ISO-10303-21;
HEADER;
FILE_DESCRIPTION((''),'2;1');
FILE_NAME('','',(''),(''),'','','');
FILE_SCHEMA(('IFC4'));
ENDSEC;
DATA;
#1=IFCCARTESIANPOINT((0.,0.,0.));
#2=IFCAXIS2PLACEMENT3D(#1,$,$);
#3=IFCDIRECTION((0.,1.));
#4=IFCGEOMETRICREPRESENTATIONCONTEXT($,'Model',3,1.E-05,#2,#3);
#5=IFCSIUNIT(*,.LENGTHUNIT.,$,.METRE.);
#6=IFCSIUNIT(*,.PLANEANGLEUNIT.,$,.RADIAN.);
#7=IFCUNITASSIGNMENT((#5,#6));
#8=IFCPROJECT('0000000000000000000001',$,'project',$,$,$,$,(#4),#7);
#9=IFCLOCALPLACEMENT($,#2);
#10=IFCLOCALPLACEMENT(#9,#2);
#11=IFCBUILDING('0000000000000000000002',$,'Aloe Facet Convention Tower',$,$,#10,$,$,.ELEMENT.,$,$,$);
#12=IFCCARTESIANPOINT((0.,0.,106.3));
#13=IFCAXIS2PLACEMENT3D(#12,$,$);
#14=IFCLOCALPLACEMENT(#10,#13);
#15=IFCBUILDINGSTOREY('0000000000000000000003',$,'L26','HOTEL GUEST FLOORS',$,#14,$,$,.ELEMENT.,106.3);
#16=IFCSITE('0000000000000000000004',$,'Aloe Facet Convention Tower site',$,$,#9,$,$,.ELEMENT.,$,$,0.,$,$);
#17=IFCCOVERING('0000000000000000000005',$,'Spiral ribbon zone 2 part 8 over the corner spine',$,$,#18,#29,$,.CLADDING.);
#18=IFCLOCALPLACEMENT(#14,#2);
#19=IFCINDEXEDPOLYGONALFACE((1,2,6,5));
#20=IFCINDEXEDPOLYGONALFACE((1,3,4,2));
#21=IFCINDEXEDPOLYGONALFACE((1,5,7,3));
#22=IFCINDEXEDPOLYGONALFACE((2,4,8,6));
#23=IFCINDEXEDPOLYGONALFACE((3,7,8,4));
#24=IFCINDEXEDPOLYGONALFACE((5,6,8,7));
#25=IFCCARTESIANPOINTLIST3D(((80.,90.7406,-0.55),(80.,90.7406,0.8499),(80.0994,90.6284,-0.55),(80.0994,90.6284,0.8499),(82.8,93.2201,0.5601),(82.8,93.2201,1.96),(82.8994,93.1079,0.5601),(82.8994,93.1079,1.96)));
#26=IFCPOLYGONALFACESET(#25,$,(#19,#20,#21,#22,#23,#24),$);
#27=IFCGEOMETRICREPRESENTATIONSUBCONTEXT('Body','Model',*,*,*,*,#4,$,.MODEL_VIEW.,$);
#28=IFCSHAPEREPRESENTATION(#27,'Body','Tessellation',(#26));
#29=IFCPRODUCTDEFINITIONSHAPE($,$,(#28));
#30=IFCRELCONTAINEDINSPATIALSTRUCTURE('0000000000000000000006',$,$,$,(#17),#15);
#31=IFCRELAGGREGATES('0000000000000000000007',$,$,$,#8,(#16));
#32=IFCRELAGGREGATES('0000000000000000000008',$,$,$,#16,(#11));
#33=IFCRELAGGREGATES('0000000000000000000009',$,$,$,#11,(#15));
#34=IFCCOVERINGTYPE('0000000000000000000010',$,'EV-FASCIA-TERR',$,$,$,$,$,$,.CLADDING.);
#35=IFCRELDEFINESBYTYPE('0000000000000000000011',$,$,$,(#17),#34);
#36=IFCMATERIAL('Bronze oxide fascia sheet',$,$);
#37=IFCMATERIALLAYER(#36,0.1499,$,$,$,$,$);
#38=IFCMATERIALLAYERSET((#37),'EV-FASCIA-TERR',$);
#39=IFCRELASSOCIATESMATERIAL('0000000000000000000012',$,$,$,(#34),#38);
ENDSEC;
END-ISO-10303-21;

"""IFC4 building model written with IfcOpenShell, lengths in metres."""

from ifc_helpers import new_model, si_unit, direction, frame, origin, place, context, subcontext, project, spatial, polyline, outline, extrude, material, layer, layer_set, type_object, element, save


model = new_model("IFC4")

# Units and contexts
model_context = context("Model", 3, precision=1e-05, world=origin(), true_north=direction((0.0, 1.0)))
body_context = subcontext(model_context, "Body", "Model", "MODEL_VIEW")
ifc_project = project(units=[si_unit("LENGTHUNIT", "METRE"), si_unit("PLANEANGLEUNIT", "RADIAN")], contexts=[model_context])

# Site, building, storey
site_placement = place(None, origin())
site = spatial("IfcSite", under=ifc_project, at=site_placement, Name="Aloe Facet Convention Tower site", CompositionType="ELEMENT", RefElevation=0.0)
building_placement = place(site_placement, origin())
building = spatial("IfcBuilding", under=site, at=building_placement, Name="Aloe Facet Convention Tower", CompositionType="ELEMENT")
storey_placement = place(building_placement, frame((0.0, 0.0, 106.3)))
storey = spatial("IfcBuildingStorey", under=building, at=storey_placement, Name="L26", Description="HOTEL GUEST FLOORS", CompositionType="ELEMENT", Elevation=106.3)

# Covering
ifc_material_1 = material(Name="Bronze oxide fascia sheet")
ifc_layer_1 = layer(ifc_material_1, 0.1499)
ifc_layer_set_1 = layer_set([ifc_layer_1], Name="EV-FASCIA-TERR")
covering_type = type_object("IfcCoveringType", Name="EV-FASCIA-TERR", PredefinedType="CLADDING", material=ifc_layer_set_1)
covering_1_placement = place(storey_placement, frame((80.0994, 90.6284, -0.55), z_axis=(0.662953, -0.748661, 0.0), x_axis=(0.717714, 0.635548, 0.284545)))
element("IfcCovering", 1, at=covering_1_placement, inside=storey, type_object=covering_type, Name="Spiral ribbon zone 2 part 8 over the corner spine", PredefinedType="CLADDING", context=body_context, shape_type="SweptSolid", body=[
    extrude(outline(polyline([(0.0, 0.0), (3.9013, 0.0), (4.2997, 1.342), (0.3983, 1.342), (0.0, 0.0)])), origin(), (0.0, 0.0, -1.0), 0.1499),
])

save(model, "model.ifc")
